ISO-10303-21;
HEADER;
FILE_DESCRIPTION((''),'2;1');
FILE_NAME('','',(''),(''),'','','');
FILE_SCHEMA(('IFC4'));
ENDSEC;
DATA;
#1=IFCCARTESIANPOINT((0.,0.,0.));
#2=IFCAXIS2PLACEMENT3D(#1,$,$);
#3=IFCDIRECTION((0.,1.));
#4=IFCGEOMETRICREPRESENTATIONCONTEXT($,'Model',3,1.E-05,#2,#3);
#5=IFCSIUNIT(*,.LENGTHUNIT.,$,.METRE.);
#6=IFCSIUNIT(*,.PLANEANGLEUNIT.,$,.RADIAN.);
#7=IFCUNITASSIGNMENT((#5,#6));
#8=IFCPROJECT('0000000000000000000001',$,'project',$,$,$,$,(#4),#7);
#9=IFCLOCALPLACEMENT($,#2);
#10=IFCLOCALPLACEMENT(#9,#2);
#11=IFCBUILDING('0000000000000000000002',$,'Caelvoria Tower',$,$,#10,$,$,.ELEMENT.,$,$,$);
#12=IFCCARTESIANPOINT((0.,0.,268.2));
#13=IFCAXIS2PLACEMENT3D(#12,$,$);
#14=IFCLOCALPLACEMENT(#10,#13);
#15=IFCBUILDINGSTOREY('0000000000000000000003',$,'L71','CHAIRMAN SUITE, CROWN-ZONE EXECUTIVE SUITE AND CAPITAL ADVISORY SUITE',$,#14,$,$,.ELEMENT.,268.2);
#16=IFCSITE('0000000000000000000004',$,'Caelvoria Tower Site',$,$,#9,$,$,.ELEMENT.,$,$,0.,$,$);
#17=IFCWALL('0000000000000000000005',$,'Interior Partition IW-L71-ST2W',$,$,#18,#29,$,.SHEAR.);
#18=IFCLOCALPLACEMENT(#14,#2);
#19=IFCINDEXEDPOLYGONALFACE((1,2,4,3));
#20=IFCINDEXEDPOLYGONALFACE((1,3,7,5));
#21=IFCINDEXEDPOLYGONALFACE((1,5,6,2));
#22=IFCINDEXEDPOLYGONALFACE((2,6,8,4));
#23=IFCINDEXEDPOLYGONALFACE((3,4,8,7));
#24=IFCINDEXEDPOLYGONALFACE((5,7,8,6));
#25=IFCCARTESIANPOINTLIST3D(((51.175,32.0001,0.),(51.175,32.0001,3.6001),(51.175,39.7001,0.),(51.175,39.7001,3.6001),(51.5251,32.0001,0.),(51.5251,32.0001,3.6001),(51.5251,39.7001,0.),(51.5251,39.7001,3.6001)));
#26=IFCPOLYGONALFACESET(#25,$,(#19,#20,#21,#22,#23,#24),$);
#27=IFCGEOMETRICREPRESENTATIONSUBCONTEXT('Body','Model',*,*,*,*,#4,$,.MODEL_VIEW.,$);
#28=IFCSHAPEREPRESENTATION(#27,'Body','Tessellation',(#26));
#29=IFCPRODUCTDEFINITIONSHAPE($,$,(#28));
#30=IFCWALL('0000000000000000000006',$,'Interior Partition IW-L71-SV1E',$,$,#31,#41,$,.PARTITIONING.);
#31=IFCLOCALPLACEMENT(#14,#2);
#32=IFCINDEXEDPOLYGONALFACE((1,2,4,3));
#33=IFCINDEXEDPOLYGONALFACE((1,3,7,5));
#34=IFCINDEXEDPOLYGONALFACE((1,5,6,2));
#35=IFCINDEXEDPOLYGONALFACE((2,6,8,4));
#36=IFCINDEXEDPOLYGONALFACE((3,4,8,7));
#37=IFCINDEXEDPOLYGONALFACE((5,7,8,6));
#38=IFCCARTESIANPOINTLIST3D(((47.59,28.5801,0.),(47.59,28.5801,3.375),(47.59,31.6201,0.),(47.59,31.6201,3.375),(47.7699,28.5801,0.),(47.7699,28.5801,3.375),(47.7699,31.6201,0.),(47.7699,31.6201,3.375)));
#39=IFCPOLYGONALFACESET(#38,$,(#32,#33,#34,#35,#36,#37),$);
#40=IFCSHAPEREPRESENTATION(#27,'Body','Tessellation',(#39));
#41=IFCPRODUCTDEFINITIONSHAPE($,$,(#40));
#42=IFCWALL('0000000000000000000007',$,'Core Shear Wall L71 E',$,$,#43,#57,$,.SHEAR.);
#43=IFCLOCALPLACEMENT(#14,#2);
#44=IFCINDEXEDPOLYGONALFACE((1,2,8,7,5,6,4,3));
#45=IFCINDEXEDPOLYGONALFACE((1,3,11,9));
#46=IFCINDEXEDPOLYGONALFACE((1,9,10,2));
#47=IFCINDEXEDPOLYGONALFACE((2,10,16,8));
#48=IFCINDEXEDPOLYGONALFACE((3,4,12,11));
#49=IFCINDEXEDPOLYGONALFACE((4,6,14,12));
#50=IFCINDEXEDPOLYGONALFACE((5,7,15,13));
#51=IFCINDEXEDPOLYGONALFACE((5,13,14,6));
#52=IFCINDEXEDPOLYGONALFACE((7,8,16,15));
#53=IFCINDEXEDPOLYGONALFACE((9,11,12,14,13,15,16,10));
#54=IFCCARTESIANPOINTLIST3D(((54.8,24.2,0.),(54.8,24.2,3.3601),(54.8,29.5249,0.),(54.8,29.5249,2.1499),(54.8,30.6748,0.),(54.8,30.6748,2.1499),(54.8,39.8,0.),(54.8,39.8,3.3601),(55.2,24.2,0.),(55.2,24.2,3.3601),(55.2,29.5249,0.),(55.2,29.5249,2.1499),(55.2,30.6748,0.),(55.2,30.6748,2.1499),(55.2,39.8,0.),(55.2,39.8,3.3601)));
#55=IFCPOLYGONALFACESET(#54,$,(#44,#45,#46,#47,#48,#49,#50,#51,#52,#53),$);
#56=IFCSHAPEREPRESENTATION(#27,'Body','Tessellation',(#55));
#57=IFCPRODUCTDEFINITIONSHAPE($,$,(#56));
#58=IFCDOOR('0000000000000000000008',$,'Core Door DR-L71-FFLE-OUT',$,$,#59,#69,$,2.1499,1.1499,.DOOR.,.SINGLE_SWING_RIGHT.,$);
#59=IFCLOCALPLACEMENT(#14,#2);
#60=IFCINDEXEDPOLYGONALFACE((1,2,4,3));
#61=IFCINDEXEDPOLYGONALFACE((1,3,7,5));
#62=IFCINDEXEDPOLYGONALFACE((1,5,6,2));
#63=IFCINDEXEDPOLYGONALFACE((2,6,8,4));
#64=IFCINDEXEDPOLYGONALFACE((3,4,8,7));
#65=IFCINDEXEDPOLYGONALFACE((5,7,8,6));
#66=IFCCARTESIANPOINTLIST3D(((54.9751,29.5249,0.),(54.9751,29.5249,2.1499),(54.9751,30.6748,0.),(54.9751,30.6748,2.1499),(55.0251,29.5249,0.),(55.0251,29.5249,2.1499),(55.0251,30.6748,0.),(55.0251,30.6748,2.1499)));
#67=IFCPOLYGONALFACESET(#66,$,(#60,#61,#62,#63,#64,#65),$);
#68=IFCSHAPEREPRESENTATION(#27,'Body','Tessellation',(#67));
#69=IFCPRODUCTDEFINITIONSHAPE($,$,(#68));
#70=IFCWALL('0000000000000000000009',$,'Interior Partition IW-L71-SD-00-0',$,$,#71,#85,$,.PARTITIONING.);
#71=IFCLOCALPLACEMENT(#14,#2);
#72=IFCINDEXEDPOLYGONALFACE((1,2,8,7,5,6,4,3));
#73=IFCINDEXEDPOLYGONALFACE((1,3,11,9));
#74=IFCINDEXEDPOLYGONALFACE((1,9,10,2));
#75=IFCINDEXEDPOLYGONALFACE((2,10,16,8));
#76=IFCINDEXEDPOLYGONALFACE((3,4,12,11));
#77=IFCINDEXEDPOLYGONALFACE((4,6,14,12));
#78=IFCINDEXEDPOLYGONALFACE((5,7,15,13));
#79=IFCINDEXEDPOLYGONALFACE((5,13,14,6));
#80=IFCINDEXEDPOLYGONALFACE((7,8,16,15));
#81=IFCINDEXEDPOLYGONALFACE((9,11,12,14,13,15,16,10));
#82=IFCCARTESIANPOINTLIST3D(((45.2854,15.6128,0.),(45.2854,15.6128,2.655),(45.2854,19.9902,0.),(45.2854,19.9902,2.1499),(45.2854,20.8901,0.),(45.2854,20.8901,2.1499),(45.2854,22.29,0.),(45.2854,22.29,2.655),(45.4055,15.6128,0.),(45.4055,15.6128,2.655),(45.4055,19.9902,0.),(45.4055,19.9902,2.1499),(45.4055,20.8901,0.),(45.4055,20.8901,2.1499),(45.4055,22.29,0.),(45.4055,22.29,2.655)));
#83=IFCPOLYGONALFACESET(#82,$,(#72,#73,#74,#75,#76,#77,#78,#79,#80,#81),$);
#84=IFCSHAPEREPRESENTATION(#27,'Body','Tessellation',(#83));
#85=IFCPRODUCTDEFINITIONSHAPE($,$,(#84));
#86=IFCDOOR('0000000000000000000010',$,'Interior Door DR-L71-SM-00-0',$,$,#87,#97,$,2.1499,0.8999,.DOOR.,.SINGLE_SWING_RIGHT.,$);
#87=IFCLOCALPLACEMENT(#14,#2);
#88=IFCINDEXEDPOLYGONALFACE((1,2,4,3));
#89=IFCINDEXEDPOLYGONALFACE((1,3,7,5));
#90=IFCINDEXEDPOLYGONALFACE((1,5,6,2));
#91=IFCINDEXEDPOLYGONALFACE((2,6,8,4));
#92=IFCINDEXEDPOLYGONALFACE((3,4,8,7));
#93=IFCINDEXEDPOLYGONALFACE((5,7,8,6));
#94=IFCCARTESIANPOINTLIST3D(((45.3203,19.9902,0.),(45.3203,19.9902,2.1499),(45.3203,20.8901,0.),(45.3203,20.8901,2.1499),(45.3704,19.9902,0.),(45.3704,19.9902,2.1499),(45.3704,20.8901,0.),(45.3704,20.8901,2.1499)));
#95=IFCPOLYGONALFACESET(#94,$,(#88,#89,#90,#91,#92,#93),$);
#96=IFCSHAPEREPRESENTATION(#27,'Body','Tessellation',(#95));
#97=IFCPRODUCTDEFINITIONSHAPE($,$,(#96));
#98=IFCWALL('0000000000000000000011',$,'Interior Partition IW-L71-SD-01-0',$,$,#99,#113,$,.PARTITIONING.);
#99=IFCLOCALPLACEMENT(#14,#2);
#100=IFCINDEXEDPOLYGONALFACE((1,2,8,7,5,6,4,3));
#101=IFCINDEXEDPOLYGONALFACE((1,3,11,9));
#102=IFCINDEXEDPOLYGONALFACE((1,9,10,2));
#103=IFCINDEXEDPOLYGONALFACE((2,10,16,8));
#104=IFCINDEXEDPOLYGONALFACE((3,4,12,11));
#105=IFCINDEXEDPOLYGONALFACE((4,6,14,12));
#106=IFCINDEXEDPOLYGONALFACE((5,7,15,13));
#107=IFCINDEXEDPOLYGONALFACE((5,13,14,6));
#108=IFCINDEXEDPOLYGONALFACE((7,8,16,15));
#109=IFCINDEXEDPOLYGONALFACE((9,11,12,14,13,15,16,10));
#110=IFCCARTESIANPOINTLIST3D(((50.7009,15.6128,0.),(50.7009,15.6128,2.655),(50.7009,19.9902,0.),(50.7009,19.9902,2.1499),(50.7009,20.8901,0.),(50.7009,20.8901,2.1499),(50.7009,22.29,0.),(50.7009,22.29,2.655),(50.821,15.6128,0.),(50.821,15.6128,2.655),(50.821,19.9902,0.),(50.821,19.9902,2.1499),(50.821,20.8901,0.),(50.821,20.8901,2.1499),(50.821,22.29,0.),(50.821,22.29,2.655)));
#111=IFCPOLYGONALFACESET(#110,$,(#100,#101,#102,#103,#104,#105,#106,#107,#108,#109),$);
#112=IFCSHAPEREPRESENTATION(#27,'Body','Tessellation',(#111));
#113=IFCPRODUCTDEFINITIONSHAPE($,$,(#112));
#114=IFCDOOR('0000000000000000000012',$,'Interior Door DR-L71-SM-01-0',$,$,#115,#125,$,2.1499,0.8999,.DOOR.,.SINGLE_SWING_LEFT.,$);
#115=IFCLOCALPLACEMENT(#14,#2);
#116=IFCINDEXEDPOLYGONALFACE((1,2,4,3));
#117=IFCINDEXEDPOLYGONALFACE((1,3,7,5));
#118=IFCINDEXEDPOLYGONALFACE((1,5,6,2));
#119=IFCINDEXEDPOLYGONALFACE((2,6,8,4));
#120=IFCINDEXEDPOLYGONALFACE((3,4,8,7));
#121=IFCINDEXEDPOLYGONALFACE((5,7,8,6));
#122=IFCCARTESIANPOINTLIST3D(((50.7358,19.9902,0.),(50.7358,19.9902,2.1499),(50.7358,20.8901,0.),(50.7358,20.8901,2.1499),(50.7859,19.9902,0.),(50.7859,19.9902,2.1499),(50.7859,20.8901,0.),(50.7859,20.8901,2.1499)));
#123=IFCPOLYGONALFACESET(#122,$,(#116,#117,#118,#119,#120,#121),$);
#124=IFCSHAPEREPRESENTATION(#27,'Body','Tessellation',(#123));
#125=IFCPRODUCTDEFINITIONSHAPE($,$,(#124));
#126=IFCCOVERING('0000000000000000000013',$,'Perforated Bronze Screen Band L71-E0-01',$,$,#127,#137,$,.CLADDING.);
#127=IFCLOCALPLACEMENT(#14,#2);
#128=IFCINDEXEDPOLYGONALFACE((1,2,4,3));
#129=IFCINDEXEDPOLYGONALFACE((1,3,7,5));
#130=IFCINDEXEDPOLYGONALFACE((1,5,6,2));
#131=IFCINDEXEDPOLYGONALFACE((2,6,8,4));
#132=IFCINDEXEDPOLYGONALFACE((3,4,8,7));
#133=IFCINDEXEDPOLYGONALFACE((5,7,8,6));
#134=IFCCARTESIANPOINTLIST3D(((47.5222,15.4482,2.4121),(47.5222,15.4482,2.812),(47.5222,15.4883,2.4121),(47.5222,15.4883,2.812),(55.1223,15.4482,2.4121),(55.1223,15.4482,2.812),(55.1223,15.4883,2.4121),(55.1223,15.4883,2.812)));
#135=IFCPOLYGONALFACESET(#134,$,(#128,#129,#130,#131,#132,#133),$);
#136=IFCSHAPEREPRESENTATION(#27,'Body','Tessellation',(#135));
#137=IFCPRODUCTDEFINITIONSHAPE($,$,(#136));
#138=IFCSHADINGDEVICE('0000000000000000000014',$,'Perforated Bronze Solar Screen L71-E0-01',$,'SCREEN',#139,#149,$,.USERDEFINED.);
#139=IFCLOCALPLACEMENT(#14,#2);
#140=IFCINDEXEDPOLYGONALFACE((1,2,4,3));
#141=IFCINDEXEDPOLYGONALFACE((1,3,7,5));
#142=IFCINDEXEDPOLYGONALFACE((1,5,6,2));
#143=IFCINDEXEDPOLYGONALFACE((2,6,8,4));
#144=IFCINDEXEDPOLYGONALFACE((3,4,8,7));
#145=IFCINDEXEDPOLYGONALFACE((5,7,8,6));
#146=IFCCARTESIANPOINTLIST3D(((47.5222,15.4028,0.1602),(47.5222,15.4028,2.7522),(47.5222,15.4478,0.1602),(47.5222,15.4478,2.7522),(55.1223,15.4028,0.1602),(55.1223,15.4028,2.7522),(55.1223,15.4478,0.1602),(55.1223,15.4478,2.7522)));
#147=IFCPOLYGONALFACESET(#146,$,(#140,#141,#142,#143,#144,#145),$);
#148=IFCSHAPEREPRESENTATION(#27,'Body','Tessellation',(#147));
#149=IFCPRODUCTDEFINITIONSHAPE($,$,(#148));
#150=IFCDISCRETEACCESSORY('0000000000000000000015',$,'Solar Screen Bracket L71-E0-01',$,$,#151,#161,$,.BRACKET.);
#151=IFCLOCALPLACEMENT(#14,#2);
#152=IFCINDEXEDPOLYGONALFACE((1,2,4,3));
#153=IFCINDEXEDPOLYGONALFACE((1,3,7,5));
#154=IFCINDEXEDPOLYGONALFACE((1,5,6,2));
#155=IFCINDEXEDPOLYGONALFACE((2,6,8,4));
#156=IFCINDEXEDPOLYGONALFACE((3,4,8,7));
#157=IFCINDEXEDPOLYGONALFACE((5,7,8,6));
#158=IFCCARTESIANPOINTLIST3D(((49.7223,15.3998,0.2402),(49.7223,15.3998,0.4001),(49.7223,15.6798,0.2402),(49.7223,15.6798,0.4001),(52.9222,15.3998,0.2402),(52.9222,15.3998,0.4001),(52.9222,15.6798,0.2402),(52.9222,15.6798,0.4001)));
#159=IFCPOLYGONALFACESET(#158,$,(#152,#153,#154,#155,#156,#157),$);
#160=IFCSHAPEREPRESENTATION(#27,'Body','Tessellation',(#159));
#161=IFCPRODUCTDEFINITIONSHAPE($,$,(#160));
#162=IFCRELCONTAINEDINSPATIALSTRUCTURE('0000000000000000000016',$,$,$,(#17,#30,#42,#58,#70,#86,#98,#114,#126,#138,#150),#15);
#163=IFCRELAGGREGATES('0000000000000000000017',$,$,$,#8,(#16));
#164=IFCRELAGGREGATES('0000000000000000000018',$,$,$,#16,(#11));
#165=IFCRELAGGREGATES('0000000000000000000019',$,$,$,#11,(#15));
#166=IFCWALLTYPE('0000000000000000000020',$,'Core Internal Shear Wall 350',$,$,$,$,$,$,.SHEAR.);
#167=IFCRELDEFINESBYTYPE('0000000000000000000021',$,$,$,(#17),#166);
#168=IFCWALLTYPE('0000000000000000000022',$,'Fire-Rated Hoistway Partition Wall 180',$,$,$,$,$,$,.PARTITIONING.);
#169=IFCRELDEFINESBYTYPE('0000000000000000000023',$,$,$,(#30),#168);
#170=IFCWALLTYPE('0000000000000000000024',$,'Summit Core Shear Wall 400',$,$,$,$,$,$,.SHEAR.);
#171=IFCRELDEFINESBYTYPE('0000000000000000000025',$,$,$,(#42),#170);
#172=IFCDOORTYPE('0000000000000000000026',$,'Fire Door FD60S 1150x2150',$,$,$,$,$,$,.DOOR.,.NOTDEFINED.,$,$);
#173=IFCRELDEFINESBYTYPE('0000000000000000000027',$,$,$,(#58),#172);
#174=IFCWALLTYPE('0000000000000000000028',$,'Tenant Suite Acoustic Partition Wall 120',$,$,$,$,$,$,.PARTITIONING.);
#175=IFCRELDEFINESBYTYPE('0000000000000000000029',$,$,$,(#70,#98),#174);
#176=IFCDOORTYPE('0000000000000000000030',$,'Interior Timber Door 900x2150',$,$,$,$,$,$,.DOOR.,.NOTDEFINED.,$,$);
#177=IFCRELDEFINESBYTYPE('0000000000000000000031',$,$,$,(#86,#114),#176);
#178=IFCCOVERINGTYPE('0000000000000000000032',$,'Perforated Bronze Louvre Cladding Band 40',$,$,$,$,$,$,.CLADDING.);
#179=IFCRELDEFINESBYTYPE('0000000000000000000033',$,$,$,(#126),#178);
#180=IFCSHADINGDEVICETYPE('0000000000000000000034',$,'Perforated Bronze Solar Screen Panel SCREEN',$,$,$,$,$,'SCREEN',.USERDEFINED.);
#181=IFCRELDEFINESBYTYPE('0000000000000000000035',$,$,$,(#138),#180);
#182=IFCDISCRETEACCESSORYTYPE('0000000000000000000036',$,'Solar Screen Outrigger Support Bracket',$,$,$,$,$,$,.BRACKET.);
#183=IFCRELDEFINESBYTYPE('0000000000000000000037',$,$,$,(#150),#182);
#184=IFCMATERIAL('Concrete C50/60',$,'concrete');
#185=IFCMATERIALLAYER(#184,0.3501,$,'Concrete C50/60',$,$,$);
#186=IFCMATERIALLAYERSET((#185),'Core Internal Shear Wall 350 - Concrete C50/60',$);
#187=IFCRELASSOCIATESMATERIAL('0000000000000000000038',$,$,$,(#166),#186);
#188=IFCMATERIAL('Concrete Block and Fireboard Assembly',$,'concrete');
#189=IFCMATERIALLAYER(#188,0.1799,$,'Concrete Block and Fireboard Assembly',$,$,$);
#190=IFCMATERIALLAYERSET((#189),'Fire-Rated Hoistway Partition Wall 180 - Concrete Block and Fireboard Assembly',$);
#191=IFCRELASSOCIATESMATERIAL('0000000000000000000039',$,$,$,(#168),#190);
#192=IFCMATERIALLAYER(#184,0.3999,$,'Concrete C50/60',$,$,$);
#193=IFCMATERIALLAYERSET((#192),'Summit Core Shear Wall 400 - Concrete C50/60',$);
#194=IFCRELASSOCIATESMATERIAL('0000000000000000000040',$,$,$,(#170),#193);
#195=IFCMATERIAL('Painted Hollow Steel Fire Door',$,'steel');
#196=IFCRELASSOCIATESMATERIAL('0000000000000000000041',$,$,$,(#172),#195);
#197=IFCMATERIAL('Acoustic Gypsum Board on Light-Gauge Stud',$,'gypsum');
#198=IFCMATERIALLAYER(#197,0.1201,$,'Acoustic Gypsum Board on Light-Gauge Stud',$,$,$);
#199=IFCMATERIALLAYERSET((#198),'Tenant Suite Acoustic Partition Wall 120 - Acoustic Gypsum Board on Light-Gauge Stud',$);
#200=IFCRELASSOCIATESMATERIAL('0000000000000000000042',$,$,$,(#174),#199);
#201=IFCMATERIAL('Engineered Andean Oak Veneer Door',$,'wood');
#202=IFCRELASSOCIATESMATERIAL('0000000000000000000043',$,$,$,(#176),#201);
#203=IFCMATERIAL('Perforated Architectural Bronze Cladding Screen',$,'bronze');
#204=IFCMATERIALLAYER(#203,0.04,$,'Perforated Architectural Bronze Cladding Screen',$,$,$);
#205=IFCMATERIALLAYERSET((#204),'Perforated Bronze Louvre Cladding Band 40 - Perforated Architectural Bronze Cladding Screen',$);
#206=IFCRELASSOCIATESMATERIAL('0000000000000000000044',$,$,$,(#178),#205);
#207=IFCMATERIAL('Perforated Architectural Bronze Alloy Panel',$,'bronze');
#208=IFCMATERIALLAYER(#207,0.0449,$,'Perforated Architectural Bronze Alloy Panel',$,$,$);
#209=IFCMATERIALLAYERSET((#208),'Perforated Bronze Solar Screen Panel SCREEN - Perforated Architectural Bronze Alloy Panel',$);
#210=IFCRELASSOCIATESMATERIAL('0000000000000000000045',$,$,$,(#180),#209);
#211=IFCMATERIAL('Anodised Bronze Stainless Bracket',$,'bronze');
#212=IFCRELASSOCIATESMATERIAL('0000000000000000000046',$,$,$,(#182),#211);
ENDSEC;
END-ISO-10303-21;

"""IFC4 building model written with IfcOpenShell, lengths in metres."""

from ifc_helpers import new_model, si_unit, direction, frame, frame_2d, origin, origin_2d, place, context, subcontext, project, spatial, rectangle, extrude, material, layer, layer_set, type_object, element, fill, save


model = new_model("IFC4")

# Units and contexts
model_context = context("Model", 3, precision=1e-05, world=origin(), true_north=direction((0.0, 1.0)))
body_context = subcontext(model_context, "Body", "Model", "MODEL_VIEW")
ifc_project = project(units=[si_unit("LENGTHUNIT", "METRE"), si_unit("PLANEANGLEUNIT", "RADIAN")], contexts=[model_context])

# Site, building, storey
site_placement = place(None, origin())
site = spatial("IfcSite", under=ifc_project, at=site_placement, Name="Caelvoria Tower Site", CompositionType="ELEMENT", RefElevation=0.0)
building_placement = place(site_placement, origin())
building = spatial("IfcBuilding", under=site, at=building_placement, Name="Caelvoria Tower", CompositionType="ELEMENT")
storey_placement = place(building_placement, frame((0.0, 0.0, 268.2)))
storey = spatial("IfcBuildingStorey", under=building, at=storey_placement, Name="L71", Description="CHAIRMAN SUITE, CROWN-ZONE EXECUTIVE SUITE AND CAPITAL ADVISORY SUITE", CompositionType="ELEMENT", Elevation=268.2)

# Wall
ifc_material_1 = material(Name="Concrete C50/60", Category="concrete")
ifc_layer_1 = layer(ifc_material_1, 0.3501, Name="Concrete C50/60")
ifc_layer_set_1 = layer_set([ifc_layer_1], Name="Core Internal Shear Wall 350 - Concrete C50/60")
wall_type_1 = type_object("IfcWallType", Name="Core Internal Shear Wall 350", PredefinedType="SHEAR", material=ifc_layer_set_1)
wall_1_placement = place(storey_placement, frame((51.3501, 32.0, 0.0), z_axis=(0.0, 0.0, 1.0), x_axis=(0.0, 1.0, 0.0)))
element("IfcWall", 1, at=wall_1_placement, inside=storey, type_object=wall_type_1, Name="Interior Partition IW-L71-ST2W", PredefinedType="SHEAR", context=body_context, shape_type="SweptSolid", body=[
    extrude(rectangle(XDim=7.7, YDim=0.3501, at=frame_2d((3.8501, 0.0))), origin(), (0.0, 0.0, 1.0), 3.6001),
])

# Wall
ifc_material_2 = material(Name="Concrete Block and Fireboard Assembly", Category="concrete")
ifc_layer_2 = layer(ifc_material_2, 0.1799, Name="Concrete Block and Fireboard Assembly")
ifc_layer_set_2 = layer_set([ifc_layer_2], Name="Fire-Rated Hoistway Partition Wall 180 - Concrete Block and Fireboard Assembly")
wall_type_2 = type_object("IfcWallType", Name="Fire-Rated Hoistway Partition Wall 180", PredefinedType="PARTITIONING", material=ifc_layer_set_2)
wall_2_placement = place(storey_placement, frame((47.6799, 28.5801, 0.0), z_axis=(0.0, 0.0, 1.0), x_axis=(0.0, 1.0, 0.0)))
element("IfcWall", 2, at=wall_2_placement, inside=storey, type_object=wall_type_2, Name="Interior Partition IW-L71-SV1E", PredefinedType="PARTITIONING", context=body_context, shape_type="SweptSolid", body=[
    extrude(rectangle(XDim=3.04, YDim=0.1799, at=frame_2d((1.52, 0.0))), origin(), (0.0, 0.0, 1.0), 3.375),
])

# Walls, openings, doors
ifc_layer_3 = layer(ifc_material_1, 0.3999, Name="Concrete C50/60")
ifc_layer_set_3 = layer_set([ifc_layer_3], Name="Summit Core Shear Wall 400 - Concrete C50/60")
wall_type_3 = type_object("IfcWallType", Name="Summit Core Shear Wall 400", PredefinedType="SHEAR", material=ifc_layer_set_3)
wall_3_placement = place(storey_placement, frame((55.0, 24.2, 0.0), z_axis=(0.0, 0.0, 1.0), x_axis=(0.0, 1.0, 0.0)))
wall_3 = element("IfcWall", 3, at=wall_3_placement, inside=storey, type_object=wall_type_3, Name="Core Shear Wall L71 E", PredefinedType="SHEAR", context=body_context, shape_type="SweptSolid", body=[
    extrude(rectangle(XDim=15.6001, YDim=0.3999, at=frame_2d((7.8, 0.0))), origin(), (0.0, 0.0, 1.0), 3.3601),
])
opening_1_placement = place(wall_3_placement, frame((5.325, 0.0, 0.0)))
opening_1 = element("IfcOpeningElement", 4, at=opening_1_placement, cuts=wall_3, PredefinedType="OPENING", context=body_context, shape_type="SweptSolid", body=[
    extrude(rectangle(XDim=1.1499, YDim=2.1499, at=frame_2d((0.575, 1.075))), frame((0.0, 0.21, 0.0), z_axis=(0.0, -1.0, 0.0), x_axis=(1.0, 0.0, 0.0)), (0.0, 0.0, 1.0), 0.4199),
])
ifc_material_3 = material(Name="Painted Hollow Steel Fire Door", Category="steel")
door_type_1 = type_object("IfcDoorType", Name="Fire Door FD60S 1150x2150", OperationType="NOTDEFINED", PredefinedType="DOOR", material=ifc_material_3)
door_1_placement = place(opening_1_placement, origin())
door_1 = element("IfcDoor", 5, at=door_1_placement, inside=storey, type_object=door_type_1, Name="Core Door DR-L71-FFLE-OUT", OperationType="SINGLE_SWING_RIGHT", OverallHeight=2.1499, OverallWidth=1.1499, PredefinedType="DOOR", context=body_context, shape_type="SweptSolid", body=[
    extrude(rectangle(XDim=1.1499, YDim=2.1499, at=frame_2d((0.575, 1.075))), frame((0.0, 0.0249, 0.0), z_axis=(0.0, -1.0, 0.0), x_axis=(1.0, 0.0, 0.0)), (0.0, 0.0, 1.0), 0.05),
])
fill(opening_1, door_1)
ifc_material_4 = material(Name="Acoustic Gypsum Board on Light-Gauge Stud", Category="gypsum")
ifc_layer_4 = layer(ifc_material_4, 0.1201, Name="Acoustic Gypsum Board on Light-Gauge Stud")
ifc_layer_set_4 = layer_set([ifc_layer_4], Name="Tenant Suite Acoustic Partition Wall 120 - Acoustic Gypsum Board on Light-Gauge Stud")
wall_type_4 = type_object("IfcWallType", Name="Tenant Suite Acoustic Partition Wall 120", PredefinedType="PARTITIONING", material=ifc_layer_set_4)
wall_4_placement = place(storey_placement, frame((45.3455, 22.29, 0.0), z_axis=(0.0, 0.0, 1.0), x_axis=(0.0, -1.0, 0.0)))
wall_4 = element("IfcWall", 6, at=wall_4_placement, inside=storey, type_object=wall_type_4, Name="Interior Partition IW-L71-SD-00-0", PredefinedType="PARTITIONING", context=body_context, shape_type="SweptSolid", body=[
    extrude(rectangle(XDim=6.6772, YDim=0.1201, at=frame_2d((3.3386, 0.0))), origin(), (0.0, 0.0, 1.0), 2.655),
])
opening_2_placement = place(wall_4_placement, frame((1.3999, 0.0, 0.0)))
opening_2 = element("IfcOpeningElement", 7, at=opening_2_placement, cuts=wall_4, PredefinedType="OPENING", context=body_context, shape_type="SweptSolid", body=[
    extrude(rectangle(XDim=0.8999, YDim=2.1499, at=frame_2d((0.45, 1.075))), frame((0.0, 0.0701, 0.0), z_axis=(0.0, -1.0, 0.0), x_axis=(1.0, 0.0, 0.0)), (0.0, 0.0, 1.0), 0.1401),
])
ifc_material_5 = material(Name="Engineered Andean Oak Veneer Door", Category="wood")
door_type_2 = type_object("IfcDoorType", Name="Interior Timber Door 900x2150", OperationType="NOTDEFINED", PredefinedType="DOOR", material=ifc_material_5)
door_2_placement = place(opening_2_placement, origin())
door_2 = element("IfcDoor", 8, at=door_2_placement, inside=storey, type_object=door_type_2, Name="Interior Door DR-L71-SM-00-0", OperationType="SINGLE_SWING_RIGHT", OverallHeight=2.1499, OverallWidth=0.8999, PredefinedType="DOOR", context=body_context, shape_type="SweptSolid", body=[
    extrude(rectangle(XDim=0.8999, YDim=2.1499, at=frame_2d((0.45, 1.075))), frame((0.0, 0.0249, 0.0), z_axis=(0.0, -1.0, 0.0), x_axis=(1.0, 0.0, 0.0)), (0.0, 0.0, 1.0), 0.05),
])
fill(opening_2, door_2)
wall_5_placement = place(storey_placement, frame((50.761, 22.29, 0.0), z_axis=(0.0, 0.0, 1.0), x_axis=(0.0, -1.0, 0.0)))
wall_5 = element("IfcWall", 9, at=wall_5_placement, inside=storey, type_object=wall_type_4, Name="Interior Partition IW-L71-SD-01-0", PredefinedType="PARTITIONING", context=body_context, shape_type="SweptSolid", body=[
    extrude(rectangle(XDim=6.6772, YDim=0.1201, at=frame_2d((3.3386, 0.0))), origin(), (0.0, 0.0, 1.0), 2.655),
])
opening_3_placement = place(wall_5_placement, frame((1.3999, 0.0, 0.0)))
opening_3 = element("IfcOpeningElement", 10, at=opening_3_placement, cuts=wall_5, PredefinedType="OPENING", context=body_context, shape_type="SweptSolid", body=[
    extrude(rectangle(XDim=0.8999, YDim=2.1499, at=frame_2d((0.45, 1.075))), frame((0.0, 0.0701, 0.0), z_axis=(0.0, -1.0, 0.0), x_axis=(1.0, 0.0, 0.0)), (0.0, 0.0, 1.0), 0.1401),
])
door_3_placement = place(opening_3_placement, origin())
door_3 = element("IfcDoor", 11, at=door_3_placement, inside=storey, type_object=door_type_2, Name="Interior Door DR-L71-SM-01-0", OperationType="SINGLE_SWING_LEFT", OverallHeight=2.1499, OverallWidth=0.8999, PredefinedType="DOOR", context=body_context, shape_type="SweptSolid", body=[
    extrude(rectangle(XDim=0.8999, YDim=2.1499, at=frame_2d((0.45, 1.075))), frame((0.0, 0.0249, 0.0), z_axis=(0.0, -1.0, 0.0), x_axis=(1.0, 0.0, 0.0)), (0.0, 0.0, 1.0), 0.05),
])
fill(opening_3, door_3)

# Covering
ifc_material_6 = material(Name="Perforated Architectural Bronze Cladding Screen", Category="bronze")
ifc_layer_5 = layer(ifc_material_6, 0.04, Name="Perforated Architectural Bronze Cladding Screen")
ifc_layer_set_5 = layer_set([ifc_layer_5], Name="Perforated Bronze Louvre Cladding Band 40 - Perforated Architectural Bronze Cladding Screen")
covering_type = type_object("IfcCoveringType", Name="Perforated Bronze Louvre Cladding Band 40", PredefinedType="CLADDING", material=ifc_layer_set_5)
covering_placement = place(storey_placement, frame((51.3223, 15.4683, 2.4121), z_axis=(0.0, 0.0, 1.0), x_axis=(1.0, 0.0, 0.0)))
element("IfcCovering", 12, at=covering_placement, inside=storey, type_object=covering_type, Name="Perforated Bronze Screen Band L71-E0-01", PredefinedType="CLADDING", context=body_context, shape_type="SweptSolid", body=[
    extrude(rectangle(XDim=7.6001, YDim=0.04, at=origin_2d()), origin(), (0.0, 0.0, 1.0), 0.3999),
])

# Shading device
ifc_material_7 = material(Name="Perforated Architectural Bronze Alloy Panel", Category="bronze")
ifc_layer_6 = layer(ifc_material_7, 0.0449, Name="Perforated Architectural Bronze Alloy Panel")
ifc_layer_set_6 = layer_set([ifc_layer_6], Name="Perforated Bronze Solar Screen Panel SCREEN - Perforated Architectural Bronze Alloy Panel")
shading_device_type = type_object("IfcShadingDeviceType", Name="Perforated Bronze Solar Screen Panel SCREEN", ElementType="SCREEN", PredefinedType="USERDEFINED", material=ifc_layer_set_6)
shading_device_placement = place(storey_placement, frame((51.3223, 15.4253, 0.1602), z_axis=(0.0, 0.0, 1.0), x_axis=(1.0, 0.0, 0.0)))
element("IfcShadingDevice", 13, at=shading_device_placement, inside=storey, type_object=shading_device_type, Name="Perforated Bronze Solar Screen L71-E0-01", ObjectType="SCREEN", PredefinedType="USERDEFINED", context=body_context, shape_type="SweptSolid", body=[
    extrude(rectangle(XDim=7.6001, YDim=0.0449, at=origin_2d()), origin(), (0.0, 0.0, 1.0), 2.592),
])

# Discrete accessory
ifc_material_8 = material(Name="Anodised Bronze Stainless Bracket", Category="bronze")
discrete_accessory_type = type_object("IfcDiscreteAccessoryType", Name="Solar Screen Outrigger Support Bracket", PredefinedType="BRACKET", material=ifc_material_8)
for number, where, z_axis, x_axis, name in (
    (14, (51.3223, 15.5398, 0.2402), (0.0, 0.0, 1.0), (1.0, 0.0, 0.0), "Solar Screen Bracket L71-E0-01"),
):
    element("IfcDiscreteAccessory", number, at=place(storey_placement, frame(where, z_axis=z_axis, x_axis=x_axis)), inside=storey, type_object=discrete_accessory_type, Name=name, PredefinedType="BRACKET", context=body_context, shape_type="SweptSolid", body=[
        extrude(rectangle(XDim=3.2, YDim=0.28, at=origin_2d()), origin(), (0.0, 0.0, 1.0), 0.1599),
    ])

save(model, "model.ifc")
